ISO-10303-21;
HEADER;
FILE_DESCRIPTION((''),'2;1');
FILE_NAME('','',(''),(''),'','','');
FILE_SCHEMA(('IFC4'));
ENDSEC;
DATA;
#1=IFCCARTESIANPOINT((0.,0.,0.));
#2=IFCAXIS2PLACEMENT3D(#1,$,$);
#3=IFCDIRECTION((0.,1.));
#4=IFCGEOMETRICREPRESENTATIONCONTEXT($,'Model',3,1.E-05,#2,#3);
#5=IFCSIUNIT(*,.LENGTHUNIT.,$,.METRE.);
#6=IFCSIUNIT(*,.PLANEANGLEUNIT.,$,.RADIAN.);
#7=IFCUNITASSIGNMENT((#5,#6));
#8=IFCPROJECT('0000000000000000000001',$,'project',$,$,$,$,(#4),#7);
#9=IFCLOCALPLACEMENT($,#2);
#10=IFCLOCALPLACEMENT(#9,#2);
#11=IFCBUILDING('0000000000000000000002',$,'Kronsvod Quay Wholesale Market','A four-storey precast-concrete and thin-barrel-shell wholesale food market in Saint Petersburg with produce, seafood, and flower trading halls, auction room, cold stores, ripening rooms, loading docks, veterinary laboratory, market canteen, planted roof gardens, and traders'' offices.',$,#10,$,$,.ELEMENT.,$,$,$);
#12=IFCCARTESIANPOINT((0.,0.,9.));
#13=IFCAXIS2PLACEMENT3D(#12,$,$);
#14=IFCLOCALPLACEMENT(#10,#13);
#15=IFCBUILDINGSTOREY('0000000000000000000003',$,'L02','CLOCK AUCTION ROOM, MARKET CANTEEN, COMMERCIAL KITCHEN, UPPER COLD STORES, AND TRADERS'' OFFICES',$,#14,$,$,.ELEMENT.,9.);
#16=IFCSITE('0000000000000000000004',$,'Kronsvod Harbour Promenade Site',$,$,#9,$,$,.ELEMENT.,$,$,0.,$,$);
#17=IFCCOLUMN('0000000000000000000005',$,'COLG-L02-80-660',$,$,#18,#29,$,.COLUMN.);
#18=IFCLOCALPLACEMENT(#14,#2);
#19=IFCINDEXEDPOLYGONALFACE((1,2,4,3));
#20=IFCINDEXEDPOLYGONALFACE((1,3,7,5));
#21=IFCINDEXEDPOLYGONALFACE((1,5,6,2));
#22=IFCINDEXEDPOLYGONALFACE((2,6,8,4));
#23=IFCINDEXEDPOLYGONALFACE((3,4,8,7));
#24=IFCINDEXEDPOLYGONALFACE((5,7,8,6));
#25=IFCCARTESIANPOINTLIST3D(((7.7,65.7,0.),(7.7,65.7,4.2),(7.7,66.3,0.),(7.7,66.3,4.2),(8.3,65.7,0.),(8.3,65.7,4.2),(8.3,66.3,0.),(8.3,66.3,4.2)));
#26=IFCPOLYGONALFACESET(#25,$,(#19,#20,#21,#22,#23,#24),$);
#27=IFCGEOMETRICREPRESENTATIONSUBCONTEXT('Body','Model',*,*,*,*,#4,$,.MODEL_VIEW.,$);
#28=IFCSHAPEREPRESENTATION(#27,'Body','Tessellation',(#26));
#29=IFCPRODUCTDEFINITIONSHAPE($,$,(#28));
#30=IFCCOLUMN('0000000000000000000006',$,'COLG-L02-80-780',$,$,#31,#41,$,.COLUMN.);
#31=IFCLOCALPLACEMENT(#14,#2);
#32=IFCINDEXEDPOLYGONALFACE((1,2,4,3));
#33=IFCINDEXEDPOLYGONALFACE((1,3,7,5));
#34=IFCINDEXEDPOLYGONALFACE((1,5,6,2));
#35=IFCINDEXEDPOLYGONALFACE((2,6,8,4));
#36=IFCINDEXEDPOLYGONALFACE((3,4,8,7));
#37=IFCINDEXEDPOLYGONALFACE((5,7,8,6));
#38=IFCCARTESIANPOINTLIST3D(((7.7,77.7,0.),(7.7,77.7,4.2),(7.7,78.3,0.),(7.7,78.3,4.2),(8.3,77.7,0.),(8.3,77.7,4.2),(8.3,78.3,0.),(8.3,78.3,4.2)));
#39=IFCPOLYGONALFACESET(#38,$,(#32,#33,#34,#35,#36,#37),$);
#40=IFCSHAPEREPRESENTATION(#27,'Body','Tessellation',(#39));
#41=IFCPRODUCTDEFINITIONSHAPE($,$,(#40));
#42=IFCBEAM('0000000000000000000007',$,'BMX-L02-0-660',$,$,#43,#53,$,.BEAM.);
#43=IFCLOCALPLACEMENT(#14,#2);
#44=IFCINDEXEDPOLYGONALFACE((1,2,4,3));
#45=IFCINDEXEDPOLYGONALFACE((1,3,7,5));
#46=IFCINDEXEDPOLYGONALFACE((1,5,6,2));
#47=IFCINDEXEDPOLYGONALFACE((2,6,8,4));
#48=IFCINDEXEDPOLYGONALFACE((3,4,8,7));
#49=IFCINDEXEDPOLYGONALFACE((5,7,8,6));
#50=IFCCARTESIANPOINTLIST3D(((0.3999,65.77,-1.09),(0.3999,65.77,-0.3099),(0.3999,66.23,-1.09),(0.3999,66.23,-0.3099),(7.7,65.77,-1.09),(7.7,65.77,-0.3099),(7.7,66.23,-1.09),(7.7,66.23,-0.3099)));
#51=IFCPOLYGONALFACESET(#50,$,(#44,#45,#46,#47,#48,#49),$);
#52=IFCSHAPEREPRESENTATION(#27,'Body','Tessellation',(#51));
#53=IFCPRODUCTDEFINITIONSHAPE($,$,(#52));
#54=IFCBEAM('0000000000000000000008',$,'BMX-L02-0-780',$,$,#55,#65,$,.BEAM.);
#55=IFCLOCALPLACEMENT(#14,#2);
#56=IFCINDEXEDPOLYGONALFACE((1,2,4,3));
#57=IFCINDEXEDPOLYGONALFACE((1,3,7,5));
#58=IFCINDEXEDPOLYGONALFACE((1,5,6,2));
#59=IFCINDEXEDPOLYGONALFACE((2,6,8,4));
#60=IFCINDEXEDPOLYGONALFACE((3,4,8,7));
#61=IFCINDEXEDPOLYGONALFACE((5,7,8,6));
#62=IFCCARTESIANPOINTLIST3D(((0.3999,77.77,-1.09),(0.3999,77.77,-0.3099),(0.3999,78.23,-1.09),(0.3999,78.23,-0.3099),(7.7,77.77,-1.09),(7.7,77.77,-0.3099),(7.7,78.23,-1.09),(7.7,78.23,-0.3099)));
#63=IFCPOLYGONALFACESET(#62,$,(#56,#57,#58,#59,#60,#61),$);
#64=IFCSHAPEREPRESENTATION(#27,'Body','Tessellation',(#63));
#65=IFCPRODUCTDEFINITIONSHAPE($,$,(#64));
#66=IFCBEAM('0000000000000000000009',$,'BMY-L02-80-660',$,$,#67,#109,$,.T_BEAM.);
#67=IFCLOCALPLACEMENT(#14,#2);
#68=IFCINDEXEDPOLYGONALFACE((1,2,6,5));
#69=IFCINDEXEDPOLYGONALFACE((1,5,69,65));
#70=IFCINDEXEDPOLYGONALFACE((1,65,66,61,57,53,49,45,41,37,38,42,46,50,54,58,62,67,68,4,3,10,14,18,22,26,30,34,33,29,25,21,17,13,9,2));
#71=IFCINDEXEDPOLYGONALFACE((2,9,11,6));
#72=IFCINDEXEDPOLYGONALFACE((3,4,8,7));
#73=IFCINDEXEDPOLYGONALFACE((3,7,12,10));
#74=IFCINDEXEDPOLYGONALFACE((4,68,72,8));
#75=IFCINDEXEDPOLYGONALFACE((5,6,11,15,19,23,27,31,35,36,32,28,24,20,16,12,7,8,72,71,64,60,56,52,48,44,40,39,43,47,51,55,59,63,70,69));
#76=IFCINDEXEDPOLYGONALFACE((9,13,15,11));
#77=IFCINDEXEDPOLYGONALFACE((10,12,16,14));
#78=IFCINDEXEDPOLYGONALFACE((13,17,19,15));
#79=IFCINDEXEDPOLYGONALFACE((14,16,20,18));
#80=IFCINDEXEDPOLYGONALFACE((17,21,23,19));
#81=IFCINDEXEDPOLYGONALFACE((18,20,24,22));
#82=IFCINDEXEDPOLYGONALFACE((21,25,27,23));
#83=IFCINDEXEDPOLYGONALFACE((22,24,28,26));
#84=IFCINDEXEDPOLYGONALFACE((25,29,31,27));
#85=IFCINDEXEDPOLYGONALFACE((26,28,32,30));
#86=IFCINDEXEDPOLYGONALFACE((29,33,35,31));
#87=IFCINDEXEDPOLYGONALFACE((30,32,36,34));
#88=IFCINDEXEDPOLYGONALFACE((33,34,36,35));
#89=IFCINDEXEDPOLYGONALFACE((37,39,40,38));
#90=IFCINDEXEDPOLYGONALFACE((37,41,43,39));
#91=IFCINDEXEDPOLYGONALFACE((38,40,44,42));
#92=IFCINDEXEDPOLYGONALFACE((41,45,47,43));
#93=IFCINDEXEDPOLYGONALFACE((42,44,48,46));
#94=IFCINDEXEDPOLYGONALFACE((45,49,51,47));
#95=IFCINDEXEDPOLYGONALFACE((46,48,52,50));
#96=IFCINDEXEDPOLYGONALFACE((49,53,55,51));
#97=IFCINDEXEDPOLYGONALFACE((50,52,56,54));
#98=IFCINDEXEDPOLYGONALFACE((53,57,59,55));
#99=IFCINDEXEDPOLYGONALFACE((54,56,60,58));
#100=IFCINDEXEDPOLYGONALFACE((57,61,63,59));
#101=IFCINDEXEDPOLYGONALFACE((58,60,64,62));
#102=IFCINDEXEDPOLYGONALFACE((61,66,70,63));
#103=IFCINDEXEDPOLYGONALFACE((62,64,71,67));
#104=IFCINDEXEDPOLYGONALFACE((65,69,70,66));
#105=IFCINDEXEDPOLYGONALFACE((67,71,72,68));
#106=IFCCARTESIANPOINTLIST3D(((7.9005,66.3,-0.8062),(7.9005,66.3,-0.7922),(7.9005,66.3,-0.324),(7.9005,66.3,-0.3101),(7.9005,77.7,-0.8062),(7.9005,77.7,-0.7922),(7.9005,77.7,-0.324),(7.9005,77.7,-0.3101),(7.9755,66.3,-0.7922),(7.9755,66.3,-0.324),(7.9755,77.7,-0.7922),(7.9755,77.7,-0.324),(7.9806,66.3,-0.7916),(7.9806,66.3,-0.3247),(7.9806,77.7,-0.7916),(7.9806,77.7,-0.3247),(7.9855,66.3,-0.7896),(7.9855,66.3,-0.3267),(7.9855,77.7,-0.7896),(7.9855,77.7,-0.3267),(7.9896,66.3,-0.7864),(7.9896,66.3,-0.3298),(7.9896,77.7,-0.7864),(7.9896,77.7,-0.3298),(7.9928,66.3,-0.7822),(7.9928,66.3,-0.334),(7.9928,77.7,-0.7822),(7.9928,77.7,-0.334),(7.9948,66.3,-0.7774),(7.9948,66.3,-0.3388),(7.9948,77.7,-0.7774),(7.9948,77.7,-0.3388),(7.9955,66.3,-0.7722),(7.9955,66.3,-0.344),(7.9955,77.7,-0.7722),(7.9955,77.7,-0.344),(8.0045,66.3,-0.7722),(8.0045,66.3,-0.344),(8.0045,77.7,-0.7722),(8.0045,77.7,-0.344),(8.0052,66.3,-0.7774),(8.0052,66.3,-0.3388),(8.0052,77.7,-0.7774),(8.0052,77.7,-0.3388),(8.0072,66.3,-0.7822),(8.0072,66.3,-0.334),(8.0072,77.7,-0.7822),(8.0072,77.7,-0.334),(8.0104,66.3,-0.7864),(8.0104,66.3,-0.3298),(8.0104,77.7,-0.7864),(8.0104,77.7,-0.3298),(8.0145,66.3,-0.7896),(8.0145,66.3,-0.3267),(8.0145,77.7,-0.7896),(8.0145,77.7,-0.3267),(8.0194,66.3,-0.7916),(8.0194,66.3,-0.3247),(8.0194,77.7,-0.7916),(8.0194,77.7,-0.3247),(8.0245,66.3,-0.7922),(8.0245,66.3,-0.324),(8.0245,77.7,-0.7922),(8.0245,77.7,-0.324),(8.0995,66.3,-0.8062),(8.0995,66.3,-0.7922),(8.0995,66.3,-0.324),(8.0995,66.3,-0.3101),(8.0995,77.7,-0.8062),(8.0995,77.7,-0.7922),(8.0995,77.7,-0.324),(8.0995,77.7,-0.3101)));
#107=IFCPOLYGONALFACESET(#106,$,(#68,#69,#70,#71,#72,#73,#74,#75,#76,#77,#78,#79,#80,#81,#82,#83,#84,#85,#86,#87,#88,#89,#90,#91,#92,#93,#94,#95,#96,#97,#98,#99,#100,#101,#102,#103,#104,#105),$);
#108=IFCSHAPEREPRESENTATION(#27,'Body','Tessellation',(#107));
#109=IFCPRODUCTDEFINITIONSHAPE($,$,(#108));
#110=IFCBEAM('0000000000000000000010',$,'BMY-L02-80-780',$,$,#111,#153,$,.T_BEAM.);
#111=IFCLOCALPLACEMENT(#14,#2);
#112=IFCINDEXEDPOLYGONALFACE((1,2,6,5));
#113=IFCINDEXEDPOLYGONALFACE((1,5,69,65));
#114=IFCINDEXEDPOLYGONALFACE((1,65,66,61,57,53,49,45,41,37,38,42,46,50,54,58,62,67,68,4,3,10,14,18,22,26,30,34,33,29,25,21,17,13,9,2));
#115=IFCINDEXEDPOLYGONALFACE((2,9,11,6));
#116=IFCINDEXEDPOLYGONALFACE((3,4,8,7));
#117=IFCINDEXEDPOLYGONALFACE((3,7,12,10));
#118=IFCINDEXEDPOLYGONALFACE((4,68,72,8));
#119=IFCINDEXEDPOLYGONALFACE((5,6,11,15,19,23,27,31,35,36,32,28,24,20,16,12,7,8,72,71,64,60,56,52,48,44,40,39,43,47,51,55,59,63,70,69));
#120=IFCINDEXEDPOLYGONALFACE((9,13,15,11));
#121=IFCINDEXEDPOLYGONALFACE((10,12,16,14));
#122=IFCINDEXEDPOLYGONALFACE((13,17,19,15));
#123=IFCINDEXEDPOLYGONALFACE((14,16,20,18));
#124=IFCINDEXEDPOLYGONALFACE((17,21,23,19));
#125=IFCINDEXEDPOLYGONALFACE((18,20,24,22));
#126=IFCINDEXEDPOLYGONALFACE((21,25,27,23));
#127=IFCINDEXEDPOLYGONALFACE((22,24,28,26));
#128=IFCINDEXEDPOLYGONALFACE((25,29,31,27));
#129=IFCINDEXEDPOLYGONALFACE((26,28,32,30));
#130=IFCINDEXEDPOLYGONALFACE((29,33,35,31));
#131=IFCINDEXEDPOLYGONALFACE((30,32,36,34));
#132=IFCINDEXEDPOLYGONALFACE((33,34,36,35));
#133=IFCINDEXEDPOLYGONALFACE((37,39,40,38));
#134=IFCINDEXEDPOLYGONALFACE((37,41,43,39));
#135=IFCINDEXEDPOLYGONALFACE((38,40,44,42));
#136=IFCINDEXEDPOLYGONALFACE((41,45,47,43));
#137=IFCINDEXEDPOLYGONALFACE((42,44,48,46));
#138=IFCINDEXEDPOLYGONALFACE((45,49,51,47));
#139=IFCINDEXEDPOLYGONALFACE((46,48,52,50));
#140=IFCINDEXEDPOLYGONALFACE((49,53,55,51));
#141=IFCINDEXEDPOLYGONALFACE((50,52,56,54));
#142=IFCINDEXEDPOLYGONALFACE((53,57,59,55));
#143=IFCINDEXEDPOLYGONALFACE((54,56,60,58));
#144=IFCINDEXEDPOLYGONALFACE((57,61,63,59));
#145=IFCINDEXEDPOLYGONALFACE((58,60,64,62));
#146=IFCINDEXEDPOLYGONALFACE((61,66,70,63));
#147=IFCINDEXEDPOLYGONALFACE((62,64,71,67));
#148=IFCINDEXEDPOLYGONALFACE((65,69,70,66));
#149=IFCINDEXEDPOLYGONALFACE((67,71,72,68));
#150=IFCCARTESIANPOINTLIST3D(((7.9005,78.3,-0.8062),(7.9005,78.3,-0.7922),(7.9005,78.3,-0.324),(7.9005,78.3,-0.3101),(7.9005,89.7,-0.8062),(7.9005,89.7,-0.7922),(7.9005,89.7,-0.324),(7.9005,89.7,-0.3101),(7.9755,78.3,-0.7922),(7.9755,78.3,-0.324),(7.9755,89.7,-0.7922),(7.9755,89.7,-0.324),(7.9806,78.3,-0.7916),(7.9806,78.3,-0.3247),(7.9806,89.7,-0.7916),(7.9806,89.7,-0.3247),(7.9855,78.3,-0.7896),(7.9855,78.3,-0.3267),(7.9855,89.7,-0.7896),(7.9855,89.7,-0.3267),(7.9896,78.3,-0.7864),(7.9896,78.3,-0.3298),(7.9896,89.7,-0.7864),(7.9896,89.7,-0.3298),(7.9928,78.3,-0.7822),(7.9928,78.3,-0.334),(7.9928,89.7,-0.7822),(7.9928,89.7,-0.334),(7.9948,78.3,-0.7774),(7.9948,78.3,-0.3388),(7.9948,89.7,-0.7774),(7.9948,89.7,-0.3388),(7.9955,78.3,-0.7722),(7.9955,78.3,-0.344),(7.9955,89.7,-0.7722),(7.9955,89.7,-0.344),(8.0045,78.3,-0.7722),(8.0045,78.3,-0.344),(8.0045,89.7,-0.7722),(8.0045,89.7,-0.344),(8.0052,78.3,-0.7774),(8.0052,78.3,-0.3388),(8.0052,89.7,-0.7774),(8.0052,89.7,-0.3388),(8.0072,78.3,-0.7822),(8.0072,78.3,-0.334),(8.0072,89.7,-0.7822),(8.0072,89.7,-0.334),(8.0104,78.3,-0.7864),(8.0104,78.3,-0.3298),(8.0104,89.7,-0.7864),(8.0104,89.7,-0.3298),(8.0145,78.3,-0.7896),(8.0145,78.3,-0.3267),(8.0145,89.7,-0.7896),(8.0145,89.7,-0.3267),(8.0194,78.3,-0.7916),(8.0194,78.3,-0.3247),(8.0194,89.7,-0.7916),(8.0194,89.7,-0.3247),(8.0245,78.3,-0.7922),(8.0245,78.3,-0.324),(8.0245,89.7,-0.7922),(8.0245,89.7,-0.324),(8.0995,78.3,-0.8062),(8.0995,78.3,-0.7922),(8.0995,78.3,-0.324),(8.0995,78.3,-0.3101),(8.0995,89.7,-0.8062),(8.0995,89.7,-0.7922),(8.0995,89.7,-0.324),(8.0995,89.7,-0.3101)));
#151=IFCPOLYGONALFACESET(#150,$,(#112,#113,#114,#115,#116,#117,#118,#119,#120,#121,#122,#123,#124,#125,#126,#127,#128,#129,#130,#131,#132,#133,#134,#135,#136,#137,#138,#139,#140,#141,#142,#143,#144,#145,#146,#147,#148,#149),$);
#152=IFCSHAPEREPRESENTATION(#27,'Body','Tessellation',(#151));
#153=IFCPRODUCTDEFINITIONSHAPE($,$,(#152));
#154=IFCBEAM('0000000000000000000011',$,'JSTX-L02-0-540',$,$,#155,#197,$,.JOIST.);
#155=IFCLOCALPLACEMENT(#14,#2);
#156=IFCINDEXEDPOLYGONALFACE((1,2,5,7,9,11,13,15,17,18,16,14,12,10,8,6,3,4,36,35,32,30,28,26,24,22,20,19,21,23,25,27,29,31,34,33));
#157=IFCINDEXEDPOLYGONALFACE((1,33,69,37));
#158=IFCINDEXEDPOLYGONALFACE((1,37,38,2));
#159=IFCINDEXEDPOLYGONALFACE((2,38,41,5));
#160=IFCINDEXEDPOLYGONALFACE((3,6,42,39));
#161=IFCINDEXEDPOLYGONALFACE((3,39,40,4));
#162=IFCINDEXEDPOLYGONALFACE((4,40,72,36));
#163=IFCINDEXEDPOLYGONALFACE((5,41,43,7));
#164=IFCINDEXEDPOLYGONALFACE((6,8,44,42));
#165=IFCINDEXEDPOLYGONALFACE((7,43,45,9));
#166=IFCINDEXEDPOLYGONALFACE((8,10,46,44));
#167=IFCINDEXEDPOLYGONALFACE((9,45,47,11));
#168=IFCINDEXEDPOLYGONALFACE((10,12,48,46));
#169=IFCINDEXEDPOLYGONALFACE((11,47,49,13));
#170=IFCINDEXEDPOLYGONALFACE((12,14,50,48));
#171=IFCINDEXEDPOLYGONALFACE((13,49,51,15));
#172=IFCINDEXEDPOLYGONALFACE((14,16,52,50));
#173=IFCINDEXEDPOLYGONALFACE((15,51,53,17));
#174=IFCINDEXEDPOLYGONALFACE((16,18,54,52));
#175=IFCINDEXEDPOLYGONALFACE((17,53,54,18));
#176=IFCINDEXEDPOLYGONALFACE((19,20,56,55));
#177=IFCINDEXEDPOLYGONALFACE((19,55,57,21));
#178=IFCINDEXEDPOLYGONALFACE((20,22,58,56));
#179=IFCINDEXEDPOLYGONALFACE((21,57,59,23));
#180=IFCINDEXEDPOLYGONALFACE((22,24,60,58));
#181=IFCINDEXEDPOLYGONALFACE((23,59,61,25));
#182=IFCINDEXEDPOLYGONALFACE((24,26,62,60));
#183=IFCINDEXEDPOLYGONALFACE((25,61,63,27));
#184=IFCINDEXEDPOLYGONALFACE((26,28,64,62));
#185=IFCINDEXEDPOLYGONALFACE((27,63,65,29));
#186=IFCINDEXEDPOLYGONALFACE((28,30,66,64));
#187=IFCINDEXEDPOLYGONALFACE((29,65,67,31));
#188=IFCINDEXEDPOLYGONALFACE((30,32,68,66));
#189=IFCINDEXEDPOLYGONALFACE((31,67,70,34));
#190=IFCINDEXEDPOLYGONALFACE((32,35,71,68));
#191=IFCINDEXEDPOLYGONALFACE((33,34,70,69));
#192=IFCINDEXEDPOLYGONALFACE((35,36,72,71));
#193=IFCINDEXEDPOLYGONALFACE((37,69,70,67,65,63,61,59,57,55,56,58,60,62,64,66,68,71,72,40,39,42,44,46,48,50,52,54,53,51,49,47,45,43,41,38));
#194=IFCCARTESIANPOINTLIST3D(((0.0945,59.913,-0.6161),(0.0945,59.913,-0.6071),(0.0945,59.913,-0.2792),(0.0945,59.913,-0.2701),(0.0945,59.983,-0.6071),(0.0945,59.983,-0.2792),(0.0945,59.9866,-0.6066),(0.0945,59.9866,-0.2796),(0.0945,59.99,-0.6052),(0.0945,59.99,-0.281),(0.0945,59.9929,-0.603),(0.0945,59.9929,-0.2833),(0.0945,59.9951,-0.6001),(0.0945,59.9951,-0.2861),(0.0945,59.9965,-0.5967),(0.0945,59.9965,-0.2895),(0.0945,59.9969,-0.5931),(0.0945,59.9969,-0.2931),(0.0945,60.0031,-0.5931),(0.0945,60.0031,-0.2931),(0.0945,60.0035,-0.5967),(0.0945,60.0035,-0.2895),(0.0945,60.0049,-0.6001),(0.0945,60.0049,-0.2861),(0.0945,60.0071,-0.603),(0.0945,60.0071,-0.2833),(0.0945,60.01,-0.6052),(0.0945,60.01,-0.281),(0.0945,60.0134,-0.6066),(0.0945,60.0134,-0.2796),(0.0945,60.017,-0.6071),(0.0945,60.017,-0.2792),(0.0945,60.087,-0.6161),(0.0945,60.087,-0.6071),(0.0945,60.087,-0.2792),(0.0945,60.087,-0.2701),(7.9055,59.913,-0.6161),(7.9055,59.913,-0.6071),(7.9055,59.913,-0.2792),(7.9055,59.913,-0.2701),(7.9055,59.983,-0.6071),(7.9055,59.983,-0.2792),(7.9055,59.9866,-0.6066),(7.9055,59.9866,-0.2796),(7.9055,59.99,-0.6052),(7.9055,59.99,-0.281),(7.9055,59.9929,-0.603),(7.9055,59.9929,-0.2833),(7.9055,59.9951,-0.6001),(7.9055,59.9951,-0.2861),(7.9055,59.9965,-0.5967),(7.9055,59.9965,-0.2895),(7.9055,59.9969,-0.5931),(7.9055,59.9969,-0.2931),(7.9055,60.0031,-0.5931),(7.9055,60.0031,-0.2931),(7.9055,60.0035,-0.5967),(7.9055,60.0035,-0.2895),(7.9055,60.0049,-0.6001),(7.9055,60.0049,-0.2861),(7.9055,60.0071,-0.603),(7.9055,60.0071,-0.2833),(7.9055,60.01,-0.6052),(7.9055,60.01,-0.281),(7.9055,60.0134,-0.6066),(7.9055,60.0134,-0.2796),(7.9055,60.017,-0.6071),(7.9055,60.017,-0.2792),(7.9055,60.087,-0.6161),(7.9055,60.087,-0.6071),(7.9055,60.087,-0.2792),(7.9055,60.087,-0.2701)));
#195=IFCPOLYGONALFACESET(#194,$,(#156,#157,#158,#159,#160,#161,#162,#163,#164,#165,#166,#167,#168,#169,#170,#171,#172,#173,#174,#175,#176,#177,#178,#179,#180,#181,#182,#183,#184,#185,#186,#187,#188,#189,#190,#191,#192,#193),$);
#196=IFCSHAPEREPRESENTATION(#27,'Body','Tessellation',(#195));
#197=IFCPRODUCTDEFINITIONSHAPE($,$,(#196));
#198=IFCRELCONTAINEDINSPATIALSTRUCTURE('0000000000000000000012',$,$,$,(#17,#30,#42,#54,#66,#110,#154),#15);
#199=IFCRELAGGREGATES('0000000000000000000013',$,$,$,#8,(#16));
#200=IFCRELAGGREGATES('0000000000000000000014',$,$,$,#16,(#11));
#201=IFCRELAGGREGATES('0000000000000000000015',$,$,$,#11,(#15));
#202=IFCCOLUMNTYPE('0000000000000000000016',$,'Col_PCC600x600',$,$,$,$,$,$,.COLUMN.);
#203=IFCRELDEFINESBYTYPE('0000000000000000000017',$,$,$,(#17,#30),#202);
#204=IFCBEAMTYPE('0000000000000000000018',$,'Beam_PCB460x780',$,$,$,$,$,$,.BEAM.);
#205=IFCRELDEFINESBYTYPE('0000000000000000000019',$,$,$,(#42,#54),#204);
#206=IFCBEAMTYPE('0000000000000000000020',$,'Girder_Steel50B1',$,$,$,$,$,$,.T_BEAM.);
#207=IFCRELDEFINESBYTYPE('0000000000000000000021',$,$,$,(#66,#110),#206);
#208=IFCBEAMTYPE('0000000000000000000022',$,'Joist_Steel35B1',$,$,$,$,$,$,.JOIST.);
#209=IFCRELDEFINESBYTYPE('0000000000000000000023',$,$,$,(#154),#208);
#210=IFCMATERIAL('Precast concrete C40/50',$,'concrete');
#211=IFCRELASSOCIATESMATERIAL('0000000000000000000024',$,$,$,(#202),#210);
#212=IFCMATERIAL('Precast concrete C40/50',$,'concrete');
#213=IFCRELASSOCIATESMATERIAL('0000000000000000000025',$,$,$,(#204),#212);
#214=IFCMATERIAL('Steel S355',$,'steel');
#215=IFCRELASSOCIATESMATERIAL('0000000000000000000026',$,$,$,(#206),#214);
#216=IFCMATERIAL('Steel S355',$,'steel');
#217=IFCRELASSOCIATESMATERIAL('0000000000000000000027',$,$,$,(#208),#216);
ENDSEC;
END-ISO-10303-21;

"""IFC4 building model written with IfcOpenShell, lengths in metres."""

from ifc_helpers import new_model, si_unit, direction, frame, origin, origin_2d, place, context, subcontext, project, spatial, rectangle, i_section, extrude, material, material_profile, profile_set, type_object, element, save


model = new_model("IFC4")

# Units and contexts
model_context = context("Model", 3, precision=1e-05, world=origin(), true_north=direction((0.0, 1.0)))
body_context = subcontext(model_context, "Body", "Model", "MODEL_VIEW")
ifc_project = project(units=[si_unit("LENGTHUNIT", "METRE"), si_unit("PLANEANGLEUNIT", "RADIAN")], contexts=[model_context])

# Site, building, storey
site_placement = place(None, origin())
site = spatial("IfcSite", under=ifc_project, at=site_placement, Name="Kronsvod Harbour Promenade Site", CompositionType="ELEMENT", RefElevation=0.0)
building_placement = place(site_placement, origin())
building = spatial("IfcBuilding", under=site, at=building_placement, Name="Kronsvod Quay Wholesale Market", Description="A four-storey precast-concrete and thin-barrel-shell wholesale food market in Saint Petersburg with produce, seafood, and flower trading halls, auction room, cold stores, ripening rooms, loading docks, veterinary laboratory, market canteen, planted roof gardens, and traders' offices.", CompositionType="ELEMENT")
storey_placement = place(building_placement, frame((0.0, 0.0, 9.0)))
storey = spatial("IfcBuildingStorey", under=building, at=storey_placement, Name="L02", Description="CLOCK AUCTION ROOM, MARKET CANTEEN, COMMERCIAL KITCHEN, UPPER COLD STORES, AND TRADERS' OFFICES", CompositionType="ELEMENT", Elevation=9.0)

# Columns
ifc_material_1 = material(Name="Precast concrete C40/50", Category="concrete")
ifc_material_profile_1 = material_profile(ifc_material_1, rectangle(XDim=0.6001, YDim=0.6001, at=origin_2d()), Name="PCC600x600")
ifc_profile_set_1 = profile_set([ifc_material_profile_1], Name="Precast concrete C40/50")
column_type = type_object("IfcColumnType", Name="Col_PCC600x600", PredefinedType="COLUMN", material=ifc_profile_set_1)
for number, where, z_axis, x_axis, name in (
    (1, (8.0, 66.0, 0.0), (0.0, 0.0, 1.0), (1.0, 0.0, 0.0), "COLG-L02-80-660"),
    (2, (8.0, 78.0, 0.0), (0.0, 0.0, 1.0), (1.0, 0.0, 0.0), "COLG-L02-80-780"),
):
    element("IfcColumn", number, at=place(storey_placement, frame(where, z_axis=z_axis, x_axis=x_axis)), inside=storey, type_object=column_type, Name=name, PredefinedType="COLUMN", context=body_context, shape_type="SweptSolid", body=[
        extrude(rectangle(XDim=0.6001, YDim=0.6001, at=origin_2d()), origin(), (0.0, 0.0, 1.0), 4.2),
    ])

# Beams
ifc_material_2 = material(Name="Precast concrete C40/50", Category="concrete")
ifc_material_profile_2 = material_profile(ifc_material_2, rectangle(XDim=0.46, YDim=0.78, at=origin_2d()), Name="PB-03")
ifc_profile_set_2 = profile_set([ifc_material_profile_2], Name="Precast concrete C40/50")
beam_type_1 = type_object("IfcBeamType", Name="Beam_PCB460x780", PredefinedType="BEAM", material=ifc_profile_set_2)
for number, where, z_axis, x_axis, name in (
    (3, (0.3999, 66.0, -0.7), (1.0, 0.0, 0.0), (0.0, 1.0, 0.0), "BMX-L02-0-660"),
    (4, (0.3999, 78.0, -0.7), (1.0, 0.0, 0.0), (0.0, 1.0, 0.0), "BMX-L02-0-780"),
):
    element("IfcBeam", number, at=place(storey_placement, frame(where, z_axis=z_axis, x_axis=x_axis)), inside=storey, type_object=beam_type_1, Name=name, PredefinedType="BEAM", context=body_context, shape_type="SweptSolid", body=[
        extrude(rectangle(XDim=0.46, YDim=0.78, at=origin_2d()), origin(), (0.0, 0.0, 1.0), 7.3),
    ])
ifc_material_3 = material(Name="Steel S355", Category="steel")
ifc_material_profile_3 = material_profile(ifc_material_3, i_section(OverallWidth=0.199, OverallDepth=0.4961, WebThickness=0.009, FlangeThickness=0.0139, FilletRadius=0.02, at=origin_2d()), Name="50B1")
ifc_profile_set_3 = profile_set([ifc_material_profile_3], Name="Steel S355")
beam_type_2 = type_object("IfcBeamType", Name="Girder_Steel50B1", PredefinedType="T_BEAM", material=ifc_profile_set_3)
for number, where, z_axis, x_axis, name in (
    (5, (8.0, 66.3, -0.5581), (0.0, 1.0, 0.0), (-1.0, 0.0, 0.0), "BMY-L02-80-660"),
    (6, (8.0, 78.3, -0.5581), (0.0, 1.0, 0.0), (-1.0, 0.0, 0.0), "BMY-L02-80-780"),
):
    element("IfcBeam", number, at=place(storey_placement, frame(where, z_axis=z_axis, x_axis=x_axis)), inside=storey, type_object=beam_type_2, Name=name, PredefinedType="T_BEAM", context=body_context, shape_type="SweptSolid", body=[
        extrude(i_section(OverallWidth=0.199, OverallDepth=0.4961, WebThickness=0.009, FlangeThickness=0.0139, FilletRadius=0.02, at=origin_2d()), origin(), (0.0, 0.0, 1.0), 11.3999),
    ])
ifc_material_4 = material(Name="Steel S355", Category="steel")
ifc_material_profile_4 = material_profile(ifc_material_4, i_section(OverallWidth=0.1741, OverallDepth=0.3459, WebThickness=0.0061, FlangeThickness=0.009, FilletRadius=0.0139, at=origin_2d()), Name="35B1")
ifc_profile_set_4 = profile_set([ifc_material_profile_4], Name="Steel S355")
beam_type_3 = type_object("IfcBeamType", Name="Joist_Steel35B1", PredefinedType="JOIST", material=ifc_profile_set_4)
for number, where, z_axis, x_axis, name in (
    (7, (0.0945, 60.0, -0.4431), (1.0, 0.0, 0.0), (0.0, 1.0, 0.0), "JSTX-L02-0-540"),
):
    element("IfcBeam", number, at=place(storey_placement, frame(where, z_axis=z_axis, x_axis=x_axis)), inside=storey, type_object=beam_type_3, Name=name, PredefinedType="JOIST", context=body_context, shape_type="SweptSolid", body=[
        extrude(i_section(OverallWidth=0.1741, OverallDepth=0.3459, WebThickness=0.0061, FlangeThickness=0.009, FilletRadius=0.0139, at=origin_2d()), origin(), (0.0, 0.0, 1.0), 7.811),
    ])

save(model, "model.ifc")
